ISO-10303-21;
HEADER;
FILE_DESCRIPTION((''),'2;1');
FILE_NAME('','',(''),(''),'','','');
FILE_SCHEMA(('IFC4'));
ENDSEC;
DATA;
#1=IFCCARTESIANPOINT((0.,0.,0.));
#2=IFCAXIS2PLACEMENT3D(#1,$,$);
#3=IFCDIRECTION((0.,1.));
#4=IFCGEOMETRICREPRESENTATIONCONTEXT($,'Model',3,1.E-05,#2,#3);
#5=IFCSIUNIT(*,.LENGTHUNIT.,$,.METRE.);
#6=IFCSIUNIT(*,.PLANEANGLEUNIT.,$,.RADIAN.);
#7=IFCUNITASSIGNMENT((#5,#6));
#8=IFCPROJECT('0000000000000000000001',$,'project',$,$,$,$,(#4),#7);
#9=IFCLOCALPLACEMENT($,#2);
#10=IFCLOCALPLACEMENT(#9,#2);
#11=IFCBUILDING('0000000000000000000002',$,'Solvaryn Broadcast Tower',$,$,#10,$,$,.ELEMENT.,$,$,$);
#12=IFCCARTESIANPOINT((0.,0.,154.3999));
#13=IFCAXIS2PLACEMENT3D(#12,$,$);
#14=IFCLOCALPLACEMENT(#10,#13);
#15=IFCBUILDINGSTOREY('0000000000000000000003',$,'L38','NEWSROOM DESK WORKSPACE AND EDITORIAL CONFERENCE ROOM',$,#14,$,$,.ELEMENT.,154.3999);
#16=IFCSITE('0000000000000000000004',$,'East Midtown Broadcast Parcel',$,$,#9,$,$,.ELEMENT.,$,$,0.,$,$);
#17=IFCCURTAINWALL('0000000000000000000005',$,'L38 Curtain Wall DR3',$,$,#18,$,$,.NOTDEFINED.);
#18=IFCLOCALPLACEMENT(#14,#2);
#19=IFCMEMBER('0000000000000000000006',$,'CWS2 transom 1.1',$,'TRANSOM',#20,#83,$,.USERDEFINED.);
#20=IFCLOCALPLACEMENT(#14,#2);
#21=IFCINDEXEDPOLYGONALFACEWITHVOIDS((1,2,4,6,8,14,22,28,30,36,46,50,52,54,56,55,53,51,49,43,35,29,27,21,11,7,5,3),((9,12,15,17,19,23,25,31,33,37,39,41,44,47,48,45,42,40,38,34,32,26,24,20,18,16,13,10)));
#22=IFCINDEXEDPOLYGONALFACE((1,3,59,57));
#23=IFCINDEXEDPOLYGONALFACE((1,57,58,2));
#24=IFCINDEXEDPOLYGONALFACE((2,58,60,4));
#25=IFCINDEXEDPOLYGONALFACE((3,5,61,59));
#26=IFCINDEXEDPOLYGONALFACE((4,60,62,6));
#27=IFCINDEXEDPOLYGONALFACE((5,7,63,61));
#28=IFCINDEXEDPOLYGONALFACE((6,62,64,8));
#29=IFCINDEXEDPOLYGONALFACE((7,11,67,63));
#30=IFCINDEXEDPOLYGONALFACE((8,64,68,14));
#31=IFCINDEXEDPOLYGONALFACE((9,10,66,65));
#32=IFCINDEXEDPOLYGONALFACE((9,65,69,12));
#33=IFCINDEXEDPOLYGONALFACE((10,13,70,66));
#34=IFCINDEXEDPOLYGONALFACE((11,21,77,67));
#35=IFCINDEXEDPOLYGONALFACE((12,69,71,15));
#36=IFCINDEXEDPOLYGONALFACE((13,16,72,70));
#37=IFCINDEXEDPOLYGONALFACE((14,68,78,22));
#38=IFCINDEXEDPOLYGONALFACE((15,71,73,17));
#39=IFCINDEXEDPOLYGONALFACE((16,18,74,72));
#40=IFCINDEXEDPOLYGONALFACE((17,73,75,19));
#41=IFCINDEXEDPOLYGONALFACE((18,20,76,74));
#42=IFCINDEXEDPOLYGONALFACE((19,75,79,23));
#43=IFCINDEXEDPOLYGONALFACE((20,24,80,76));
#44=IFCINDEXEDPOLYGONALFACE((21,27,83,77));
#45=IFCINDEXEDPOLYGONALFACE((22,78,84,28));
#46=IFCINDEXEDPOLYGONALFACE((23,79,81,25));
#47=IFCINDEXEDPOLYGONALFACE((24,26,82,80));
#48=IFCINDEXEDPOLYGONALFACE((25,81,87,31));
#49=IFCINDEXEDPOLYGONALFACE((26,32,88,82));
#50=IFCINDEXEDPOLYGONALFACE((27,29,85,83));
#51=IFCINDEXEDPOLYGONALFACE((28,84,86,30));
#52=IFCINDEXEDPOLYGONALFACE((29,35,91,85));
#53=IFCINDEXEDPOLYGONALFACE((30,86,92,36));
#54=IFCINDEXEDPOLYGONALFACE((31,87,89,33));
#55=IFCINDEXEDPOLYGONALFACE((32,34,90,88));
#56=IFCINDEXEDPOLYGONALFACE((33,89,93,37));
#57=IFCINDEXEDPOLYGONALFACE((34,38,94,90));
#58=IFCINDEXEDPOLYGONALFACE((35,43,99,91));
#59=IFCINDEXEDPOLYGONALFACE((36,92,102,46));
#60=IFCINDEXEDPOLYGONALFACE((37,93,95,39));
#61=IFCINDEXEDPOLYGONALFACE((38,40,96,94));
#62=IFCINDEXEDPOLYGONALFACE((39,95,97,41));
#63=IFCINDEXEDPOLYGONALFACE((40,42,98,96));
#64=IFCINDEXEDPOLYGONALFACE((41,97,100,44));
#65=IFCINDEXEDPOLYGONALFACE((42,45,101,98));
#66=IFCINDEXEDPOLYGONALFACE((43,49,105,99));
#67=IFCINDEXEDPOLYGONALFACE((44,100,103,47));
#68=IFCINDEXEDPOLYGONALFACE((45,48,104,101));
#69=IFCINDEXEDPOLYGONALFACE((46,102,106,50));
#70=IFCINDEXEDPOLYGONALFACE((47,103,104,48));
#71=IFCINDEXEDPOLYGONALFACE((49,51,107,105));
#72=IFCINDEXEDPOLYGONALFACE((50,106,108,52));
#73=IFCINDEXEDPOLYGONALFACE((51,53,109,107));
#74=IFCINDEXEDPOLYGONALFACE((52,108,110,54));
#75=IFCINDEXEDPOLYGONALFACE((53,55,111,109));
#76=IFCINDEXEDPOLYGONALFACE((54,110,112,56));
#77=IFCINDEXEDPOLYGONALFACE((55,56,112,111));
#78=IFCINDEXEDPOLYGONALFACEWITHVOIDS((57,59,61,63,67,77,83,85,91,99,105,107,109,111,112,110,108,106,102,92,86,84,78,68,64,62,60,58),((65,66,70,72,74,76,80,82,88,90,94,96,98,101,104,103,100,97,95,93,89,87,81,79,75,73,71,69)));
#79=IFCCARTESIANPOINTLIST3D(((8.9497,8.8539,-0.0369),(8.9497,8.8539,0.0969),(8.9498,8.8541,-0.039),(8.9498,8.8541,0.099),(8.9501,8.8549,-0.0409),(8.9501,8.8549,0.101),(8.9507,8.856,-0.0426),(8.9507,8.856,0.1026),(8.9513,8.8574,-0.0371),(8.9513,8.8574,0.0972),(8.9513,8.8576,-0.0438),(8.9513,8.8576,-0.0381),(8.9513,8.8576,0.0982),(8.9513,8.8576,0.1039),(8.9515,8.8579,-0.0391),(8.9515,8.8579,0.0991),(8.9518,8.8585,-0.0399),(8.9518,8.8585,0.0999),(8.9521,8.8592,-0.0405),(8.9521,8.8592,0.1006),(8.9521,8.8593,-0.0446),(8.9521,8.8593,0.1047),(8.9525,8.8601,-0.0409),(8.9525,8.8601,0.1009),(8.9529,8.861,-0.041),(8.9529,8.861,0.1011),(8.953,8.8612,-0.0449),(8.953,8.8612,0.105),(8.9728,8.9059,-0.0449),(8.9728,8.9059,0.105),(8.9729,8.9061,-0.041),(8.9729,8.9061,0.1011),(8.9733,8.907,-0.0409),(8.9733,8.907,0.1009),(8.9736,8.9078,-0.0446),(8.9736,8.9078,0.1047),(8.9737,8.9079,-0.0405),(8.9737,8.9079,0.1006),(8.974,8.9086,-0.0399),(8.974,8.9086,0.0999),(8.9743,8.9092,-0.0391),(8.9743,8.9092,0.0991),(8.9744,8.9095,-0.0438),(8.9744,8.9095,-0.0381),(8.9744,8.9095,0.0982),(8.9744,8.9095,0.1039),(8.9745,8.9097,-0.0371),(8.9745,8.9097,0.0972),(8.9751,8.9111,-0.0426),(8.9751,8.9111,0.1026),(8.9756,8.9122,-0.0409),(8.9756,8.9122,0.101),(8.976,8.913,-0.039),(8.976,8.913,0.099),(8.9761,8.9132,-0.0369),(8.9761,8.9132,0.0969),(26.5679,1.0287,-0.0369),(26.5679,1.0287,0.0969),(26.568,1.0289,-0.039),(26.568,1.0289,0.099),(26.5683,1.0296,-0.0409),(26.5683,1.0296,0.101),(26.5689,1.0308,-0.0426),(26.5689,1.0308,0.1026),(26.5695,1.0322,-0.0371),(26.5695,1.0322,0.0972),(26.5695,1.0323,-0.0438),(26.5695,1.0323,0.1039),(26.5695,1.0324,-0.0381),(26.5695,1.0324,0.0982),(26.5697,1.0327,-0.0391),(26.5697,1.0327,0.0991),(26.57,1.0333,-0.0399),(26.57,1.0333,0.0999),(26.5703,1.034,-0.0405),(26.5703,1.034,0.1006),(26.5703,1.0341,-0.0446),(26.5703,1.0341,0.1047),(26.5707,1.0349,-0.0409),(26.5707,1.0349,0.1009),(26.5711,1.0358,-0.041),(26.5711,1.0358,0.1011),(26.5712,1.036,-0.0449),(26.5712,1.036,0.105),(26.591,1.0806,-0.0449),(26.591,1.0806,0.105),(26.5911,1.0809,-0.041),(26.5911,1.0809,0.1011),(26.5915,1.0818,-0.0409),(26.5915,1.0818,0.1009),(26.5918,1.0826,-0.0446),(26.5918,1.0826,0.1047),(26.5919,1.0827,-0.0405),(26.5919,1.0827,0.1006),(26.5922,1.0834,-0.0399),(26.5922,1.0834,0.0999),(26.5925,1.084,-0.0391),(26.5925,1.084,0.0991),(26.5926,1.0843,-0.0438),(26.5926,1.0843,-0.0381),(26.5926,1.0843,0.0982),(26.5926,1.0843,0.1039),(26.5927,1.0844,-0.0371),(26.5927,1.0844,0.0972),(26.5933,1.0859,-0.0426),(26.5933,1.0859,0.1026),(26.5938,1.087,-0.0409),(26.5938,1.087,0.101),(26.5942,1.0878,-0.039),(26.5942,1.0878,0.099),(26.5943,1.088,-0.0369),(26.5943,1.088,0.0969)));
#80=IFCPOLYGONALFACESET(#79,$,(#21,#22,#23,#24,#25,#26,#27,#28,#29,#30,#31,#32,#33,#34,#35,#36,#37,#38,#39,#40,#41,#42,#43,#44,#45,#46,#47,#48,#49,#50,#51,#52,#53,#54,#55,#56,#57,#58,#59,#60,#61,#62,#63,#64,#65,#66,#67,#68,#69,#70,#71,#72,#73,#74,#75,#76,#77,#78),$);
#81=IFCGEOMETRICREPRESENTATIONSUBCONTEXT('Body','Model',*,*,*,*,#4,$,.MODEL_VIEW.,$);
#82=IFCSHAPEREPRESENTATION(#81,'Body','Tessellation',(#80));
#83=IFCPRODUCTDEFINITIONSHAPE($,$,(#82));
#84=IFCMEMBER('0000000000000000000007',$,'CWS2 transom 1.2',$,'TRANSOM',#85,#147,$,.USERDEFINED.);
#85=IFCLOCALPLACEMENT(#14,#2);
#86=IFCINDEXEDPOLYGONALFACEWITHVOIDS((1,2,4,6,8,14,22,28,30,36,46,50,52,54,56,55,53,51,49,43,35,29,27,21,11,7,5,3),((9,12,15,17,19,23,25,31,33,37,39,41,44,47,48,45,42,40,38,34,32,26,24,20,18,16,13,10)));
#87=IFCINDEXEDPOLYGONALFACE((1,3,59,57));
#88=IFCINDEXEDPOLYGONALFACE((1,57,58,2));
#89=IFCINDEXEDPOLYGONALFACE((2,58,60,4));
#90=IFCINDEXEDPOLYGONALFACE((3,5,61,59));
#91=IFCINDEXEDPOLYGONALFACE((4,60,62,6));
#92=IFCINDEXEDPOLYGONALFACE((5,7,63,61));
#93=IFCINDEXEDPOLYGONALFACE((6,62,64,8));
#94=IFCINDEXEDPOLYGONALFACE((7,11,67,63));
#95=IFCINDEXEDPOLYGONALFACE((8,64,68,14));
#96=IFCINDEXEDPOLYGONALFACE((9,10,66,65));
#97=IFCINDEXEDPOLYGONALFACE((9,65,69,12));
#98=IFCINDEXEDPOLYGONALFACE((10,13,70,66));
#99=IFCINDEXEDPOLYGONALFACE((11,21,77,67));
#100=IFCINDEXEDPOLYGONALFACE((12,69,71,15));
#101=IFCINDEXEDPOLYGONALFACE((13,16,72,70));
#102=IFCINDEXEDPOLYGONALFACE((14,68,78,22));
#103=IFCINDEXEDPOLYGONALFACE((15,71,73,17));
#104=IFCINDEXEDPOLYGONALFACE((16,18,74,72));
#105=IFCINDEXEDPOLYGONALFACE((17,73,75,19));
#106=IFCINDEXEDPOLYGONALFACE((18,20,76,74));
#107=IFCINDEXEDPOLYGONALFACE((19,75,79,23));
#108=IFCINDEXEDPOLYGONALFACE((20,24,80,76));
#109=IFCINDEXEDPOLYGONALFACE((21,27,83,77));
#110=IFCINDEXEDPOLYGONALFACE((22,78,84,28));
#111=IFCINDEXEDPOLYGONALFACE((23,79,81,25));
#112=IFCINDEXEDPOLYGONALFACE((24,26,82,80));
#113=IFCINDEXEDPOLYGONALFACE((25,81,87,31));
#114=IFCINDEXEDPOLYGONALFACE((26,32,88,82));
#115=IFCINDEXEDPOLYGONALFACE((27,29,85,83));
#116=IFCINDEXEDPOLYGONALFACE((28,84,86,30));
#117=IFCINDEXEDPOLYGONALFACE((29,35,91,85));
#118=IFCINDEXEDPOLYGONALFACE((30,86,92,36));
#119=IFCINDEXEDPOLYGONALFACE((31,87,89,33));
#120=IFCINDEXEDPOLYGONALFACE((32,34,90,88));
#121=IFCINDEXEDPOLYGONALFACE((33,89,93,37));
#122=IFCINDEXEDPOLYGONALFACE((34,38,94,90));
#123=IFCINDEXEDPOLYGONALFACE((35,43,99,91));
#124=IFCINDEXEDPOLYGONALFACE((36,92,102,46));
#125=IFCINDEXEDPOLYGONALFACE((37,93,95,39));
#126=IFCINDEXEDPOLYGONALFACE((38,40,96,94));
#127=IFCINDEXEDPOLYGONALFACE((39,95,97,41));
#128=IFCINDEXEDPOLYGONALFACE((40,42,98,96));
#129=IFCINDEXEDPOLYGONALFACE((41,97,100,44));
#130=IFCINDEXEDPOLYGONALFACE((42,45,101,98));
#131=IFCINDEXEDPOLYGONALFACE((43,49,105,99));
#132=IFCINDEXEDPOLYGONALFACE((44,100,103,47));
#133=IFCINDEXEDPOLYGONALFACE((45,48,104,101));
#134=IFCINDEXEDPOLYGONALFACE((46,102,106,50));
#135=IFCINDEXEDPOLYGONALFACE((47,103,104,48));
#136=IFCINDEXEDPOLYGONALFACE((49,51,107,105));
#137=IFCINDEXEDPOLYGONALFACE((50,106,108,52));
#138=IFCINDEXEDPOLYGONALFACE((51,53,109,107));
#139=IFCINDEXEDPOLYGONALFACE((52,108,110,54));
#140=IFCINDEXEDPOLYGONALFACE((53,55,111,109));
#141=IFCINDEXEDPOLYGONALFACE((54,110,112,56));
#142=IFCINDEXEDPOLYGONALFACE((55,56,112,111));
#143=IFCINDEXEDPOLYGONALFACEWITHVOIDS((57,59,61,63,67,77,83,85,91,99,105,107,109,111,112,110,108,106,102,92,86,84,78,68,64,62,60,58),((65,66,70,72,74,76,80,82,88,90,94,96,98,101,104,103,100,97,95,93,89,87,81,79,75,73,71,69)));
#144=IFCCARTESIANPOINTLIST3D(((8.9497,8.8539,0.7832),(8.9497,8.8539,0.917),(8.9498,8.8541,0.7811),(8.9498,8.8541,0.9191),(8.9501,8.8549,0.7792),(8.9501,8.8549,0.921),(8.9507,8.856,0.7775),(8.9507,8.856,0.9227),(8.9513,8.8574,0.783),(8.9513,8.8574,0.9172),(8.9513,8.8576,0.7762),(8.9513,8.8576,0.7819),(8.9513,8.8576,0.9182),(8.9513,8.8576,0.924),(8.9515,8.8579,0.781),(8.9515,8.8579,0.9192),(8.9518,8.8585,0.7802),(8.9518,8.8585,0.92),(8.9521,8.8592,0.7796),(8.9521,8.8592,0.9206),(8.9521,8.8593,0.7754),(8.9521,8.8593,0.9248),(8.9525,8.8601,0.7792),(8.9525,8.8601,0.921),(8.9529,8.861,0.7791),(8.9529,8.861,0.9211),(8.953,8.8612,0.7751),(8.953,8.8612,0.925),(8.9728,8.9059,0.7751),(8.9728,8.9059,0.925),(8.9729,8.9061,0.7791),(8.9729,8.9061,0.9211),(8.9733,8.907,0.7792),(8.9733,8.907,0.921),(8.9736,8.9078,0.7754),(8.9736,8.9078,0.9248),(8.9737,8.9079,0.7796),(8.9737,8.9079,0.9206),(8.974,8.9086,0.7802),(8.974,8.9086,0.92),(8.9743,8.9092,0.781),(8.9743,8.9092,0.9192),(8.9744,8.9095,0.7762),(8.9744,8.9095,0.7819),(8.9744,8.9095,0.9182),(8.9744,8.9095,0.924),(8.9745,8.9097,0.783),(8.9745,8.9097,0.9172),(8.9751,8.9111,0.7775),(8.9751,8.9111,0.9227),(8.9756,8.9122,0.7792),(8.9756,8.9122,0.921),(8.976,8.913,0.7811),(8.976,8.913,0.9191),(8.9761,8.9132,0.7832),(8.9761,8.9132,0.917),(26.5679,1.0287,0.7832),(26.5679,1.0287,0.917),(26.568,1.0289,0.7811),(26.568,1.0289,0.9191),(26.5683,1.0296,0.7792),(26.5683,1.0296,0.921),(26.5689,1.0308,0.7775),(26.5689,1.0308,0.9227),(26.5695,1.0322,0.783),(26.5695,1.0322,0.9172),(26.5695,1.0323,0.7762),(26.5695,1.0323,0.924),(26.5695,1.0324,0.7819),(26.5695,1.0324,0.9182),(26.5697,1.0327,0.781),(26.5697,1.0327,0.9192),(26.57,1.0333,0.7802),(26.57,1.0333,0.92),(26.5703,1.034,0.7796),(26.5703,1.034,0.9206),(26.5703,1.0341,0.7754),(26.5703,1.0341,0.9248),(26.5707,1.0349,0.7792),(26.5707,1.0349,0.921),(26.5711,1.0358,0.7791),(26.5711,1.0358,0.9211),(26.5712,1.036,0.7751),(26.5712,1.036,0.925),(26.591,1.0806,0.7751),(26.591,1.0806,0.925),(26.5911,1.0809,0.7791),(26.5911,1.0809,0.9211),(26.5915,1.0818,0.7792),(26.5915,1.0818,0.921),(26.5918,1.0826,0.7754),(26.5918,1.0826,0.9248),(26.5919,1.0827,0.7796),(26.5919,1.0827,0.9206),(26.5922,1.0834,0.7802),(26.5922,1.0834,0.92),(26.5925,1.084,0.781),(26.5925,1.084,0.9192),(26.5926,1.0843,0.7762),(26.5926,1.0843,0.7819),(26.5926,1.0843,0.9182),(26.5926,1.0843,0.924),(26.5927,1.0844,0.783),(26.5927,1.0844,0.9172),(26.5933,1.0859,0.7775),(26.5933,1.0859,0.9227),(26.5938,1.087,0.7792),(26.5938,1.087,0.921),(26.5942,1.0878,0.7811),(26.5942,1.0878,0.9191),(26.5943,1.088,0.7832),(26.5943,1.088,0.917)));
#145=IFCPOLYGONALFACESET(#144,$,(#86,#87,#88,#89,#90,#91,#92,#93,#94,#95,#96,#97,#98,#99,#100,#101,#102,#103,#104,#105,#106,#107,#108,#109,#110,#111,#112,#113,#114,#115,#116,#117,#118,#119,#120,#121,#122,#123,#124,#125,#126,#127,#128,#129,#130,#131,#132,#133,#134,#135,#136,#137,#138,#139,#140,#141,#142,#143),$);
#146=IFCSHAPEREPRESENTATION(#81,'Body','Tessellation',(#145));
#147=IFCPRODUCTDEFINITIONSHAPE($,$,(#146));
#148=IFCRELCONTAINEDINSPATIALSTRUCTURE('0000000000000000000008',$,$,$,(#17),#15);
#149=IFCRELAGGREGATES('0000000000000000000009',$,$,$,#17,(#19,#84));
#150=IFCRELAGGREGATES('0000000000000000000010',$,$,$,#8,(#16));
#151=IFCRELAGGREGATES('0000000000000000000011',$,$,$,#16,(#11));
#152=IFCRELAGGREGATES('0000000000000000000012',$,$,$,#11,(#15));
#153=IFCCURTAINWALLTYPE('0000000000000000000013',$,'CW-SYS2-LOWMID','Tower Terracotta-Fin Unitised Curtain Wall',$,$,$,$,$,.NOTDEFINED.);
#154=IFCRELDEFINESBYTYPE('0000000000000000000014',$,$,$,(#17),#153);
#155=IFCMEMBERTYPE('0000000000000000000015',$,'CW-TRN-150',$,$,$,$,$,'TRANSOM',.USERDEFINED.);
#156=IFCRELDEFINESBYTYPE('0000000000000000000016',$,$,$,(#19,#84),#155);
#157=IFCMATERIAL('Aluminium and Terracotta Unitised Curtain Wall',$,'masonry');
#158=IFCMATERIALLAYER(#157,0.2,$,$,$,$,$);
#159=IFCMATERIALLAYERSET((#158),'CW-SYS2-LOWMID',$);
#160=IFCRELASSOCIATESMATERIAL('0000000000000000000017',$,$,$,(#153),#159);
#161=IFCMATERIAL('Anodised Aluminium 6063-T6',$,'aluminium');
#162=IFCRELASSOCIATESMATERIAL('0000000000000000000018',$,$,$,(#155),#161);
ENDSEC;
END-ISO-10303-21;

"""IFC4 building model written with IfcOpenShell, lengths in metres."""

from ifc_helpers import new_model, si_unit, direction, frame, origin, origin_2d, place, context, subcontext, project, spatial, hollow_rectangle, extrude, material, layer, layer_set, material_profile, profile_set, type_object, element, aggregate, save


model = new_model("IFC4")

# Units and contexts
model_context = context("Model", 3, precision=1e-05, world=origin(), true_north=direction((0.0, 1.0)))
body_context = subcontext(model_context, "Body", "Model", "MODEL_VIEW")
ifc_project = project(units=[si_unit("LENGTHUNIT", "METRE"), si_unit("PLANEANGLEUNIT", "RADIAN")], contexts=[model_context])

# Site, building, storey
site_placement = place(None, origin())
site = spatial("IfcSite", under=ifc_project, at=site_placement, Name="East Midtown Broadcast Parcel", CompositionType="ELEMENT", RefElevation=0.0)
building_placement = place(site_placement, origin())
building = spatial("IfcBuilding", under=site, at=building_placement, Name="Solvaryn Broadcast Tower", CompositionType="ELEMENT")
storey_placement = place(building_placement, frame((0.0, 0.0, 154.3999)))
storey = spatial("IfcBuildingStorey", under=building, at=storey_placement, Name="L38", Description="NEWSROOM DESK WORKSPACE AND EDITORIAL CONFERENCE ROOM", CompositionType="ELEMENT", Elevation=154.3999)

# Shared definitions
ifc_material_1 = material(Name="Aluminium and Terracotta Unitised Curtain Wall", Category="masonry")
ifc_layer_1 = layer(ifc_material_1, 0.2)
ifc_layer_set_1 = layer_set([ifc_layer_1], Name="CW-SYS2-LOWMID")
curtain_wall_type = type_object("IfcCurtainWallType", Name="CW-SYS2-LOWMID", Description="Tower Terracotta-Fin Unitised Curtain Wall", PredefinedType="NOTDEFINED", material=ifc_layer_set_1)

# Curtain wall, members
curtain_wall_1_placement = place(storey_placement, origin())
curtain_wall_1 = element("IfcCurtainWall", 1, at=curtain_wall_1_placement, inside=storey, type_object=curtain_wall_type, Name="L38 Curtain Wall DR3", PredefinedType="NOTDEFINED")
ifc_material_2 = material(Name="Anodised Aluminium 6063-T6", Category="aluminium")
ifc_material_profile_1 = material_profile(ifc_material_2, hollow_rectangle(XDim=0.0649, YDim=0.1499, WallThickness=0.0039, InnerFilletRadius=0.0039, OuterFilletRadius=0.0081, at=origin_2d()))
ifc_profile_set_1 = profile_set([ifc_material_profile_1], Name="Anodised Aluminium 6063-T6")
member_type_1 = type_object("IfcMemberType", Name="CW-TRN-150", ElementType="TRANSOM", PredefinedType="USERDEFINED", material=ifc_profile_set_1)
member_1_placement = place(storey_placement, frame((8.9629, 8.8835, 0.03), z_axis=(0.91391, -0.405918, 0.0), x_axis=(0.405918, 0.91391, 0.0)))
member_1 = element("IfcMember", 2, at=member_1_placement, type_object=member_type_1, Name="CWS2 transom 1.1", ObjectType="TRANSOM", PredefinedType="USERDEFINED", context=body_context, shape_type="SweptSolid", body=[
    extrude(hollow_rectangle(XDim=0.0649, YDim=0.1499, WallThickness=0.0039, InnerFilletRadius=0.0039, OuterFilletRadius=0.0081, at=origin_2d()), origin(), (0.0, 0.0, 1.0), 19.2778),
])
member_2_placement = place(storey_placement, frame((8.9629, 8.8835, 0.8501), z_axis=(0.91391, -0.405918, 0.0), x_axis=(0.405918, 0.91391, 0.0)))
member_2 = element("IfcMember", 3, at=member_2_placement, type_object=member_type_1, Name="CWS2 transom 1.2", ObjectType="TRANSOM", PredefinedType="USERDEFINED", context=body_context, shape_type="SweptSolid", body=[
    extrude(hollow_rectangle(XDim=0.0649, YDim=0.1499, WallThickness=0.0039, InnerFilletRadius=0.0039, OuterFilletRadius=0.0081, at=origin_2d()), origin(), (0.0, 0.0, 1.0), 19.2778),
])
aggregate(curtain_wall_1, [member_1, member_2])

save(model, "model.ifc")
